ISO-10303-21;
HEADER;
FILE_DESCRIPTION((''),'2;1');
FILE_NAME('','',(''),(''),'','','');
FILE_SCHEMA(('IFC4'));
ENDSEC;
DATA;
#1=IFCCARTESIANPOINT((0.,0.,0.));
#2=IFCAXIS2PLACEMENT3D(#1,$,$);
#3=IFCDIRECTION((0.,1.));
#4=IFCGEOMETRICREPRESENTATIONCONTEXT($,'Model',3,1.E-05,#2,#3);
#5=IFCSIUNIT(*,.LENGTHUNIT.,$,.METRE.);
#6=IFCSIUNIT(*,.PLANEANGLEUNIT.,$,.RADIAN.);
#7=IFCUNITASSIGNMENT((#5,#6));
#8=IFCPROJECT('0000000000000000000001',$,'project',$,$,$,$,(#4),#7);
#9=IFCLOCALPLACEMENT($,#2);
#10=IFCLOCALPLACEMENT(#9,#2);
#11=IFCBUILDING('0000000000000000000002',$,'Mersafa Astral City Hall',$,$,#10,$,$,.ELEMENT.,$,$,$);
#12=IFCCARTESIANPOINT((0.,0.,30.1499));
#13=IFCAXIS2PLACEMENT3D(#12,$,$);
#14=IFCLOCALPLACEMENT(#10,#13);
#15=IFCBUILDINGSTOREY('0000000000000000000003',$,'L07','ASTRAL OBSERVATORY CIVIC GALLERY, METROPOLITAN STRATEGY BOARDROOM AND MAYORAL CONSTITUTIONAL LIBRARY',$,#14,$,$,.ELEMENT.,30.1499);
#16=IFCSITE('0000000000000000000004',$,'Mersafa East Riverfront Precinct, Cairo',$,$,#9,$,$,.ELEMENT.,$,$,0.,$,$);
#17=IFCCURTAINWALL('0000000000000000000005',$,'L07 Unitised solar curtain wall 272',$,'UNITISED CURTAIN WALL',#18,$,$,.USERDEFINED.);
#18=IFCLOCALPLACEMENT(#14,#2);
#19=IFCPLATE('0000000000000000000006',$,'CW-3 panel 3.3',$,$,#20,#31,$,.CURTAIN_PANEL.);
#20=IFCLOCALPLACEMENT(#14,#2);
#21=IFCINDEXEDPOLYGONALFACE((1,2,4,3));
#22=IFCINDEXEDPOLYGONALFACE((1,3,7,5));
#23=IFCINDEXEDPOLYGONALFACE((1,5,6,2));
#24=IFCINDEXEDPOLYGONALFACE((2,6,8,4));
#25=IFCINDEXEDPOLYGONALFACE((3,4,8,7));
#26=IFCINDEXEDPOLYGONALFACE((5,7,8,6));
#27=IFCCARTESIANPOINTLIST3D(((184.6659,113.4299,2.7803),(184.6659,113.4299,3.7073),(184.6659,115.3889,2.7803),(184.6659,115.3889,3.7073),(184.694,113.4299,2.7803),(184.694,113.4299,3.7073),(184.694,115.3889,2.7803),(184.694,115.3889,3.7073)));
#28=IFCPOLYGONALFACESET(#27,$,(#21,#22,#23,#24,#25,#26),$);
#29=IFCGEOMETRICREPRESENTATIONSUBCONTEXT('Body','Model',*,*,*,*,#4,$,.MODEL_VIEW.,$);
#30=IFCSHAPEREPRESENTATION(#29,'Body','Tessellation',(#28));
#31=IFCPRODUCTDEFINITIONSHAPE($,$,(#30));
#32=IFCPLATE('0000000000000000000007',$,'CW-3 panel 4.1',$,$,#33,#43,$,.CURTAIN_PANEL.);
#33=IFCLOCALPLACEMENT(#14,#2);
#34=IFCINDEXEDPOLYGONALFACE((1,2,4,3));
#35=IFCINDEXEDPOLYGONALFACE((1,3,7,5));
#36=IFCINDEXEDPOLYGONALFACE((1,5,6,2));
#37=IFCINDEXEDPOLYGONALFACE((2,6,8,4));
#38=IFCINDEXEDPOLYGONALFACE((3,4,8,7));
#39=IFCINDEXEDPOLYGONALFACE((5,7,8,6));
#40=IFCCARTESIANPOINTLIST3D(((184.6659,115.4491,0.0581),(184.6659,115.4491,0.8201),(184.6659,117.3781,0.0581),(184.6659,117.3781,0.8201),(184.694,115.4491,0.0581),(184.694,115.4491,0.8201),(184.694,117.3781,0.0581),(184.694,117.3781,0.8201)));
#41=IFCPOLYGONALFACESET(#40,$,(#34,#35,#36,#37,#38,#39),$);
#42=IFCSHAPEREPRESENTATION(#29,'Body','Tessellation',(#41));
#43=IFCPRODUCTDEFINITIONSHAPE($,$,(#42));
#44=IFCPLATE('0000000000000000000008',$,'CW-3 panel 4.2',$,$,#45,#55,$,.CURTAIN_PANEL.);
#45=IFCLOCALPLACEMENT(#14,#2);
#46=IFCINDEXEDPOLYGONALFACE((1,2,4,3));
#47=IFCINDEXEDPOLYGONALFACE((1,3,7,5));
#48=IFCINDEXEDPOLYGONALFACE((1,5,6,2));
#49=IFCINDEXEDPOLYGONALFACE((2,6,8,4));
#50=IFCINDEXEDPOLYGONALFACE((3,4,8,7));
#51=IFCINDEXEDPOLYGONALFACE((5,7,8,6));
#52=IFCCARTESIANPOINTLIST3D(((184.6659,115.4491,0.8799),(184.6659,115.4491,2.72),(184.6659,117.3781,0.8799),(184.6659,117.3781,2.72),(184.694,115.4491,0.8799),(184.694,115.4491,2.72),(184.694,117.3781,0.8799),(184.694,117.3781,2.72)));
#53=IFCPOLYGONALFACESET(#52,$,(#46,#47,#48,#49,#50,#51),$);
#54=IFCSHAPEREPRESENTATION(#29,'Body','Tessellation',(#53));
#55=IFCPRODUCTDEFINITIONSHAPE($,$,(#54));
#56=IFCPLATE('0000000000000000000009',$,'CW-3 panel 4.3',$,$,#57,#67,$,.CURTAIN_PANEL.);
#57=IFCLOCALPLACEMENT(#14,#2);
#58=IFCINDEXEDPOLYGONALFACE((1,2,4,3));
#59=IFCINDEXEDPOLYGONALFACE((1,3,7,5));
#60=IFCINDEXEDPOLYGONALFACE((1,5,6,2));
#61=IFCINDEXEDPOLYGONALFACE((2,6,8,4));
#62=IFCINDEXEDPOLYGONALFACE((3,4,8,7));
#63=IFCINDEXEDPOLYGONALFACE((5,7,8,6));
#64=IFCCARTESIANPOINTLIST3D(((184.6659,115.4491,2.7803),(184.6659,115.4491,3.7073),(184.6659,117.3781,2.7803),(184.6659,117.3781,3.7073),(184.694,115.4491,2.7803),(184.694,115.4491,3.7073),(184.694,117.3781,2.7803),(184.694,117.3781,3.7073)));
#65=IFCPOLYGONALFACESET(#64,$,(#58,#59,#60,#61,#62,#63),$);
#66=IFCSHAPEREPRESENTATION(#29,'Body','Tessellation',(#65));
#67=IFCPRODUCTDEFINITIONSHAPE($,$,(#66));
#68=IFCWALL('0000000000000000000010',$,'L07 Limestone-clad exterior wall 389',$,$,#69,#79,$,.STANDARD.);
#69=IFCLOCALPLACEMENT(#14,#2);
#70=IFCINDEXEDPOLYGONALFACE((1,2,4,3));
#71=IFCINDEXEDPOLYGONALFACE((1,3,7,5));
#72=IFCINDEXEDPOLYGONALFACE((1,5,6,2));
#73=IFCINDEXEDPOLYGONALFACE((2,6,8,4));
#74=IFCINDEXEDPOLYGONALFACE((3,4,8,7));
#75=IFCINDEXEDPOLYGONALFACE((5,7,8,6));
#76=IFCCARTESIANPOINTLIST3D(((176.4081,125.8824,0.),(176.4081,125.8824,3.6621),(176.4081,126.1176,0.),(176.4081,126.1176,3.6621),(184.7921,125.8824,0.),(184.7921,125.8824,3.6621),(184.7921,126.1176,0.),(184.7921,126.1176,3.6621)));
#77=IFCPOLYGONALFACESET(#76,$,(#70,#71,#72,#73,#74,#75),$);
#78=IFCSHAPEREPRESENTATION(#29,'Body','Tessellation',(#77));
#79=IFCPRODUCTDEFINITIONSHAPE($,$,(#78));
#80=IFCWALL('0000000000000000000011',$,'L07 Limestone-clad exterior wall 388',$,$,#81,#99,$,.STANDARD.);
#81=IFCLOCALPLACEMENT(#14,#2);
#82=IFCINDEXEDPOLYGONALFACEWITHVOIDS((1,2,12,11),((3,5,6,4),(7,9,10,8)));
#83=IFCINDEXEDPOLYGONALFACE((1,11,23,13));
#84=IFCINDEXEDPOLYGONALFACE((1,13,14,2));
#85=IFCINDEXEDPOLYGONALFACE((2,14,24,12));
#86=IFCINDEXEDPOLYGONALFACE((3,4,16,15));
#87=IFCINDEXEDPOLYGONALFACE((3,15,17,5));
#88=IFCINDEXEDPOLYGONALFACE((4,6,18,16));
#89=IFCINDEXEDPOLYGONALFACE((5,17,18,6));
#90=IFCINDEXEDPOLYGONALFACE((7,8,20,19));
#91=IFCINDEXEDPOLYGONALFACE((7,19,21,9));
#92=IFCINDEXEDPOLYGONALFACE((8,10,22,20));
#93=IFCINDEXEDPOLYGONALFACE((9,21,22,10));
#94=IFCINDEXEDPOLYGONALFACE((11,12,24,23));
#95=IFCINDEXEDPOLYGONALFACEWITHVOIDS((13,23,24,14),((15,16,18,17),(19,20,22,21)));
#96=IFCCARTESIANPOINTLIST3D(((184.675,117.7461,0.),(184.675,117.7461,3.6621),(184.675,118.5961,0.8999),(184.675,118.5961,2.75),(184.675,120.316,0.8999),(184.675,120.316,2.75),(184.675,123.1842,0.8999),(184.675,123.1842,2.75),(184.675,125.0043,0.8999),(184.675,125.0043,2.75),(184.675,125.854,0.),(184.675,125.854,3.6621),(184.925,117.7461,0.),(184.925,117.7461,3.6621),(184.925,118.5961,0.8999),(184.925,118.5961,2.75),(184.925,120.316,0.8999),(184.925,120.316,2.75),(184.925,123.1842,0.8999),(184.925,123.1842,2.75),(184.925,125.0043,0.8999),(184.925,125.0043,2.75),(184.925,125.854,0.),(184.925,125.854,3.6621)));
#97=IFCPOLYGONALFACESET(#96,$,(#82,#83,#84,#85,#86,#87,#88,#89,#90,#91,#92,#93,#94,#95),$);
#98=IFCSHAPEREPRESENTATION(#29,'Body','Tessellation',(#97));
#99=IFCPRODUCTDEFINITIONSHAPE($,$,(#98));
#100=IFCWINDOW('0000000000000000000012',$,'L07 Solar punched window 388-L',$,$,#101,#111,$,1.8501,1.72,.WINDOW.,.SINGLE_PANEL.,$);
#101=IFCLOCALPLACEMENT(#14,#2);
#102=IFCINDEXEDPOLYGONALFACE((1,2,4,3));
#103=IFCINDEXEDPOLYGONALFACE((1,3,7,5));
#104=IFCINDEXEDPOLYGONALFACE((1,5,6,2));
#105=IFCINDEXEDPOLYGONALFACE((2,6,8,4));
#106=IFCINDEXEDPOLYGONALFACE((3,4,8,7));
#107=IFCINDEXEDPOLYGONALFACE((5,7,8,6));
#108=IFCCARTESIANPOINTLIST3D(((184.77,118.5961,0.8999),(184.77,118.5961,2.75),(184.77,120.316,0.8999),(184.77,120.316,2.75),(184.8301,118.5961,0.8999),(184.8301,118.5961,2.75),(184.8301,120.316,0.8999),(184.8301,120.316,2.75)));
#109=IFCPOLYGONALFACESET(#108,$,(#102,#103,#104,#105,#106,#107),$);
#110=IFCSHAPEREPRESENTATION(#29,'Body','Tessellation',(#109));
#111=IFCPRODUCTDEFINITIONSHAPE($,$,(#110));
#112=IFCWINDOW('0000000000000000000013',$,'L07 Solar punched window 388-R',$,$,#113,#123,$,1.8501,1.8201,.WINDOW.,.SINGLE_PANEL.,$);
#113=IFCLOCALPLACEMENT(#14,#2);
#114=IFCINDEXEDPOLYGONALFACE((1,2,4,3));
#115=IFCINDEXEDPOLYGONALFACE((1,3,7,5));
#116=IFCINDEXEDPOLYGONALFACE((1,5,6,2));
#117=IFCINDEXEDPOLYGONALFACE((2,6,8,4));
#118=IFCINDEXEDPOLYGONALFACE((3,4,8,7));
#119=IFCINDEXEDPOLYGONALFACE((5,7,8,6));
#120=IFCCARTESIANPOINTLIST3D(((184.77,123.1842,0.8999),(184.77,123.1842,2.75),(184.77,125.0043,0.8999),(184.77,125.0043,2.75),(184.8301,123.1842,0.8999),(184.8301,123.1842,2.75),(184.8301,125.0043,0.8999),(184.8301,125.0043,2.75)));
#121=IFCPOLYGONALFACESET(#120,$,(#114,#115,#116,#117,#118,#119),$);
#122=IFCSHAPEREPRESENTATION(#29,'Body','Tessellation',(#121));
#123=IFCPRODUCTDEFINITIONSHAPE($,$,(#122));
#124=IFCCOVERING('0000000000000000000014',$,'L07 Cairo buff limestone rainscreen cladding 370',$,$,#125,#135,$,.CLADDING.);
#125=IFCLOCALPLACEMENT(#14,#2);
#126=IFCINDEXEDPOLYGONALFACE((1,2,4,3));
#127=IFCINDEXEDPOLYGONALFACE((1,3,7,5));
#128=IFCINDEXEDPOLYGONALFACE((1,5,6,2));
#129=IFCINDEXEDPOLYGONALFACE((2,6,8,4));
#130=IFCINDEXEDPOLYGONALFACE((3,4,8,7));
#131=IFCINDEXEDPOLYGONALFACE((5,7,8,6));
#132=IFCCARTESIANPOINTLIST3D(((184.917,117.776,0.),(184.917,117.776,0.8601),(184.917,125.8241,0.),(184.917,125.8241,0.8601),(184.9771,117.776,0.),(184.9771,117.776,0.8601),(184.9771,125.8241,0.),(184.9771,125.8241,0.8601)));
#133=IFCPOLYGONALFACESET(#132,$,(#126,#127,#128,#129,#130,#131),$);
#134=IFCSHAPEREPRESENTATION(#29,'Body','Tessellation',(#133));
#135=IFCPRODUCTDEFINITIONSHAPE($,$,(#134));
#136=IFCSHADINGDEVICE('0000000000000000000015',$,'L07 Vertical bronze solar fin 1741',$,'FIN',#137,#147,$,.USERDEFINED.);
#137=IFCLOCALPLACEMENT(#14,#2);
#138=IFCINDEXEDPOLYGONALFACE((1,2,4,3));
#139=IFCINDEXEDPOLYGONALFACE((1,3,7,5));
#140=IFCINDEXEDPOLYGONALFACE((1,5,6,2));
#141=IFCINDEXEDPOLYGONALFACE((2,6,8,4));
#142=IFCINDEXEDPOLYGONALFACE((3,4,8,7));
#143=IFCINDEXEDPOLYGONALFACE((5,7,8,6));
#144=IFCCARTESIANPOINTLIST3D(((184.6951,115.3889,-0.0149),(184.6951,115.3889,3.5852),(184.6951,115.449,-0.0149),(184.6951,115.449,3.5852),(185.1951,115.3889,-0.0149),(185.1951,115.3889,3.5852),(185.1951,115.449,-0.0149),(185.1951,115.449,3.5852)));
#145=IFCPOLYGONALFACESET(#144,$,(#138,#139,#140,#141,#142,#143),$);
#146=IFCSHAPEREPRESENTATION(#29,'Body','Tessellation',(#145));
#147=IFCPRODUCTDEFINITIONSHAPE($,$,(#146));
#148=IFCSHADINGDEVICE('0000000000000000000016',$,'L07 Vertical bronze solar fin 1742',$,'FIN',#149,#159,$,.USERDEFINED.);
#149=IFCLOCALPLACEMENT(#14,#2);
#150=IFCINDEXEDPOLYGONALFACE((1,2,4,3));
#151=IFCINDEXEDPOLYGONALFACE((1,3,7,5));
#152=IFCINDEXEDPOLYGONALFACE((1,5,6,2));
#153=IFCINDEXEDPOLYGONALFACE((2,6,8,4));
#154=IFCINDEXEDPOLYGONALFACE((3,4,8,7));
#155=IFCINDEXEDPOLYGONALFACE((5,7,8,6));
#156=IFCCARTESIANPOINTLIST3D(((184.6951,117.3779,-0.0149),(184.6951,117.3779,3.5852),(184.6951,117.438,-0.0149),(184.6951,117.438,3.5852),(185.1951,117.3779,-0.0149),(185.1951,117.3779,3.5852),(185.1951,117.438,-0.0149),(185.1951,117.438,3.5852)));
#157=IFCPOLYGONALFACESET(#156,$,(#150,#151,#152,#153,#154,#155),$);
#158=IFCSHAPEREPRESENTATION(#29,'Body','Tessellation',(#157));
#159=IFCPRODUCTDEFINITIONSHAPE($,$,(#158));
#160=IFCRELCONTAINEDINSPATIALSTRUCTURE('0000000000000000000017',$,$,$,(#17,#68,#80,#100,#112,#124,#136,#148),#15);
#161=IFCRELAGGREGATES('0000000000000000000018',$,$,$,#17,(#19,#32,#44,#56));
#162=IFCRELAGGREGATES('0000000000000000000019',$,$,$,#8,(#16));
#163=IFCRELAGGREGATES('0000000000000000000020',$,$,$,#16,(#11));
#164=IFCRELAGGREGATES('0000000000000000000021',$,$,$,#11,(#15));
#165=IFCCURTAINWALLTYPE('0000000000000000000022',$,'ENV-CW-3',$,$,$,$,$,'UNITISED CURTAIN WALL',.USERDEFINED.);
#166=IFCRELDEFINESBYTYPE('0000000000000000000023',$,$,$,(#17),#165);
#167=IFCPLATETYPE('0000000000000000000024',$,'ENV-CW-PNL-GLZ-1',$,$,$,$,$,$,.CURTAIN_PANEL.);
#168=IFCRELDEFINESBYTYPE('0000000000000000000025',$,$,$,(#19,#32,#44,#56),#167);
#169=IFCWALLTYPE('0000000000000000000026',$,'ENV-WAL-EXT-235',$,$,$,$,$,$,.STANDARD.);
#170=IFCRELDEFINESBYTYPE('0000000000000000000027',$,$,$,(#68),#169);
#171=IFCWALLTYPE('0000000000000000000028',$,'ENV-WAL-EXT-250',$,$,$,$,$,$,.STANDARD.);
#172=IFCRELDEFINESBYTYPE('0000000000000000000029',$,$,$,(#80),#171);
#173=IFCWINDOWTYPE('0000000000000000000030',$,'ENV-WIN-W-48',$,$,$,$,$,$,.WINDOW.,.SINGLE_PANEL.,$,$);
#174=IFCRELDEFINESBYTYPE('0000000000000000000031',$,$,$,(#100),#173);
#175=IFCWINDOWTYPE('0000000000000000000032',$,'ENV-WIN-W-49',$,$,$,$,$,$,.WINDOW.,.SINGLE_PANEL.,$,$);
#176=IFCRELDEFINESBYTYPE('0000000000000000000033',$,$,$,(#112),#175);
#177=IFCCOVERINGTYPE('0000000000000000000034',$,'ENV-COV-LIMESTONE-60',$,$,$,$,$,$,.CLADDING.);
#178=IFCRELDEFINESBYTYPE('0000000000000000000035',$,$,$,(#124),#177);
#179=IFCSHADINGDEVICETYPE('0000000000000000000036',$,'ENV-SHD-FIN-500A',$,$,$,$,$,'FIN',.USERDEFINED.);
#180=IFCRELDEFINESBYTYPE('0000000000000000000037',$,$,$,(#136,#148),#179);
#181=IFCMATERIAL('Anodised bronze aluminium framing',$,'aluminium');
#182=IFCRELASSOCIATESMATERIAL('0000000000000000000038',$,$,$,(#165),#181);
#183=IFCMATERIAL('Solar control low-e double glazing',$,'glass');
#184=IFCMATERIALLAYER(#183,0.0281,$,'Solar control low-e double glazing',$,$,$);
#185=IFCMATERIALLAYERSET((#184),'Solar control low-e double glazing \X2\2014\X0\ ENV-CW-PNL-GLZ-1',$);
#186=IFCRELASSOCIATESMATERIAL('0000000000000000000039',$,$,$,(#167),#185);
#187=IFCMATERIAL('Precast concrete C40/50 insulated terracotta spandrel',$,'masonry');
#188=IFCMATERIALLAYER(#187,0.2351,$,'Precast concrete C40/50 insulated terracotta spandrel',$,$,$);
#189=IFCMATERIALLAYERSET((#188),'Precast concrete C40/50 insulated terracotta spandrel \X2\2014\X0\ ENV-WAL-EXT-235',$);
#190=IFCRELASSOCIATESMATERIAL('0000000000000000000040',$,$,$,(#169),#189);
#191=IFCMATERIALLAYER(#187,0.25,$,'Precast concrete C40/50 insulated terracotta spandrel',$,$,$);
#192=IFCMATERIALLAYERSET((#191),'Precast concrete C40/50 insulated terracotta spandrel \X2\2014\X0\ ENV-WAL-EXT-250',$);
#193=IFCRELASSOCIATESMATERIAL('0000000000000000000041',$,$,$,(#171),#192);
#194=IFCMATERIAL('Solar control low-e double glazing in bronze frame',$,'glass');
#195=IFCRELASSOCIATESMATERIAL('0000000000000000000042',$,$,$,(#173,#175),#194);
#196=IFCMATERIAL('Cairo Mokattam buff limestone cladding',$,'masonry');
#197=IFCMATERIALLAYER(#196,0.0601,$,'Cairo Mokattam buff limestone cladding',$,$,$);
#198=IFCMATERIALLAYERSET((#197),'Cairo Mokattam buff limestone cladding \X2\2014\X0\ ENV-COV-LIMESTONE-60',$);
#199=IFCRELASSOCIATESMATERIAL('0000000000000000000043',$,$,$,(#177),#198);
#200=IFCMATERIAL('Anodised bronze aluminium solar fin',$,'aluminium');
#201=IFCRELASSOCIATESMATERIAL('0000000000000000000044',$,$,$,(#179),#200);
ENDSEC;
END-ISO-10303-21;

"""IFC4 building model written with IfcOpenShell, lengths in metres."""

from ifc_helpers import new_model, si_unit, direction, frame, frame_2d, origin, origin_2d, place, context, subcontext, project, spatial, rectangle, extrude, material, layer, layer_set, type_object, element, fill, aggregate, save


model = new_model("IFC4")

# Units and contexts
model_context = context("Model", 3, precision=1e-05, world=origin(), true_north=direction((0.0, 1.0)))
body_context = subcontext(model_context, "Body", "Model", "MODEL_VIEW")
ifc_project = project(units=[si_unit("LENGTHUNIT", "METRE"), si_unit("PLANEANGLEUNIT", "RADIAN")], contexts=[model_context])

# Site, building, storey
site_placement = place(None, origin())
site = spatial("IfcSite", under=ifc_project, at=site_placement, Name="Mersafa East Riverfront Precinct, Cairo", CompositionType="ELEMENT", RefElevation=0.0)
building_placement = place(site_placement, origin())
building = spatial("IfcBuilding", under=site, at=building_placement, Name="Mersafa Astral City Hall", CompositionType="ELEMENT")
storey_placement = place(building_placement, frame((0.0, 0.0, 30.1499)))
storey = spatial("IfcBuildingStorey", under=building, at=storey_placement, Name="L07", Description="ASTRAL OBSERVATORY CIVIC GALLERY, METROPOLITAN STRATEGY BOARDROOM AND MAYORAL CONSTITUTIONAL LIBRARY", CompositionType="ELEMENT", Elevation=30.1499)

# Curtain wall
ifc_material_1 = material(Name="Anodised bronze aluminium framing", Category="aluminium")
curtain_wall_type = type_object("IfcCurtainWallType", Name="ENV-CW-3", ElementType="UNITISED CURTAIN WALL", PredefinedType="USERDEFINED", material=ifc_material_1)
curtain_wall_placement = place(storey_placement, origin())
curtain_wall = element("IfcCurtainWall", 1, at=curtain_wall_placement, inside=storey, type_object=curtain_wall_type, Name="L07 Unitised solar curtain wall 272", ObjectType="UNITISED CURTAIN WALL", PredefinedType="USERDEFINED")

# Plates
ifc_material_2 = material(Name="Solar control low-e double glazing", Category="glass")
ifc_layer_1 = layer(ifc_material_2, 0.0281, Name="Solar control low-e double glazing")
ifc_layer_set_1 = layer_set([ifc_layer_1], Name="Solar control low-e double glazing — ENV-CW-PNL-GLZ-1")
plate_type = type_object("IfcPlateType", Name="ENV-CW-PNL-GLZ-1", PredefinedType="CURTAIN_PANEL", material=ifc_layer_set_1)
plate_1_placement = place(storey_placement, frame((184.6799, 114.4094, 2.7803), z_axis=(0.0, 0.0, 1.0), x_axis=(0.0, 1.0, 0.0)))
plate_1 = element("IfcPlate", 2, at=plate_1_placement, type_object=plate_type, Name="CW-3 panel 3.3", PredefinedType="CURTAIN_PANEL", context=body_context, shape_type="SweptSolid", body=[
    extrude(rectangle(XDim=1.959, YDim=0.0281, at=origin_2d()), origin(), (0.0, 0.0, 1.0), 0.927),
])
plate_2_placement = place(storey_placement, frame((184.6799, 116.4136, 0.0581), z_axis=(0.0, 0.0, 1.0), x_axis=(0.0, 1.0, 0.0)))
plate_2 = element("IfcPlate", 3, at=plate_2_placement, type_object=plate_type, Name="CW-3 panel 4.1", PredefinedType="CURTAIN_PANEL", context=body_context, shape_type="SweptSolid", body=[
    extrude(rectangle(XDim=1.929, YDim=0.0281, at=origin_2d()), origin(), (0.0, 0.0, 1.0), 0.762),
])
plate_3_placement = place(storey_placement, frame((184.6799, 116.4136, 0.8799), z_axis=(0.0, 0.0, 1.0), x_axis=(0.0, 1.0, 0.0)))
plate_3 = element("IfcPlate", 4, at=plate_3_placement, type_object=plate_type, Name="CW-3 panel 4.2", PredefinedType="CURTAIN_PANEL", context=body_context, shape_type="SweptSolid", body=[
    extrude(rectangle(XDim=1.929, YDim=0.0281, at=origin_2d()), origin(), (0.0, 0.0, 1.0), 1.8401),
])
plate_4_placement = place(storey_placement, frame((184.6799, 116.4136, 2.7803), z_axis=(0.0, 0.0, 1.0), x_axis=(0.0, 1.0, 0.0)))
plate_4 = element("IfcPlate", 5, at=plate_4_placement, type_object=plate_type, Name="CW-3 panel 4.3", PredefinedType="CURTAIN_PANEL", context=body_context, shape_type="SweptSolid", body=[
    extrude(rectangle(XDim=1.929, YDim=0.0281, at=origin_2d()), origin(), (0.0, 0.0, 1.0), 0.927),
])
aggregate(curtain_wall, [plate_1, plate_2, plate_3, plate_4])

# Wall
ifc_material_3 = material(Name="Precast concrete C40/50 insulated terracotta spandrel", Category="masonry")
ifc_layer_2 = layer(ifc_material_3, 0.2351, Name="Precast concrete C40/50 insulated terracotta spandrel")
ifc_layer_set_2 = layer_set([ifc_layer_2], Name="Precast concrete C40/50 insulated terracotta spandrel — ENV-WAL-EXT-235")
wall_type_1 = type_object("IfcWallType", Name="ENV-WAL-EXT-235", PredefinedType="STANDARD", material=ifc_layer_set_2)
wall_1_placement = place(storey_placement, frame((184.792, 126.0, 0.0), z_axis=(0.0, 0.0, 1.0), x_axis=(-1.0, 0.0, 0.0)))
element("IfcWall", 6, at=wall_1_placement, inside=storey, type_object=wall_type_1, Name="L07 Limestone-clad exterior wall 389", PredefinedType="STANDARD", context=body_context, shape_type="SweptSolid", body=[
    extrude(rectangle(XDim=8.384, YDim=0.2351, at=frame_2d((4.1919, 0.0))), origin(), (0.0, 0.0, 1.0), 3.6621),
])

# Wall, openings, windows
ifc_layer_3 = layer(ifc_material_3, 0.25, Name="Precast concrete C40/50 insulated terracotta spandrel")
ifc_layer_set_3 = layer_set([ifc_layer_3], Name="Precast concrete C40/50 insulated terracotta spandrel — ENV-WAL-EXT-250")
wall_type_2 = type_object("IfcWallType", Name="ENV-WAL-EXT-250", PredefinedType="STANDARD", material=ifc_layer_set_3)
wall_2_placement = place(storey_placement, frame((184.8, 117.7461, 0.0), z_axis=(0.0, 0.0, 1.0), x_axis=(0.0, 1.0, 0.0)))
wall_2 = element("IfcWall", 7, at=wall_2_placement, inside=storey, type_object=wall_type_2, Name="L07 Limestone-clad exterior wall 388", PredefinedType="STANDARD", context=body_context, shape_type="SweptSolid", body=[
    extrude(rectangle(XDim=8.1079, YDim=0.25, at=frame_2d((4.054, 0.0))), origin(), (0.0, 0.0, 1.0), 3.6621),
])
opening_1_placement = place(wall_2_placement, frame((0.8501, 0.0, 0.8999)))
opening_1 = element("IfcOpeningElement", 8, at=opening_1_placement, cuts=wall_2, PredefinedType="OPENING", context=body_context, shape_type="SweptSolid", body=[
    extrude(rectangle(XDim=1.72, YDim=1.8501, at=frame_2d((0.8599, 0.925))), frame((0.0, 0.135, 0.0), z_axis=(0.0, -1.0, 0.0), x_axis=(1.0, 0.0, 0.0)), (0.0, 0.0, 1.0), 0.27),
])
opening_2_placement = place(wall_2_placement, frame((5.438, 0.0, 0.8999)))
opening_2 = element("IfcOpeningElement", 9, at=opening_2_placement, cuts=wall_2, PredefinedType="OPENING", context=body_context, shape_type="SweptSolid", body=[
    extrude(rectangle(XDim=1.8201, YDim=1.8501, at=frame_2d((0.9102, 0.925))), frame((0.0, 0.135, 0.0), z_axis=(0.0, -1.0, 0.0), x_axis=(1.0, 0.0, 0.0)), (0.0, 0.0, 1.0), 0.27),
])
ifc_material_4 = material(Name="Solar control low-e double glazing in bronze frame", Category="glass")
window_type_1 = type_object("IfcWindowType", Name="ENV-WIN-W-48", PartitioningType="SINGLE_PANEL", PredefinedType="WINDOW", material=ifc_material_4)
window_1_placement = place(opening_1_placement, origin())
window_1 = element("IfcWindow", 10, at=window_1_placement, inside=storey, type_object=window_type_1, Name="L07 Solar punched window 388-L", OverallHeight=1.8501, OverallWidth=1.72, PartitioningType="SINGLE_PANEL", PredefinedType="WINDOW", context=body_context, shape_type="SweptSolid", body=[
    extrude(rectangle(XDim=1.72, YDim=1.8501, at=frame_2d((0.8599, 0.925))), frame((0.0, 0.03, 0.0), z_axis=(0.0, -1.0, 0.0), x_axis=(1.0, 0.0, 0.0)), (0.0, 0.0, 1.0), 0.0601),
])
fill(opening_1, window_1)
window_type_2 = type_object("IfcWindowType", Name="ENV-WIN-W-49", PartitioningType="SINGLE_PANEL", PredefinedType="WINDOW", material=ifc_material_4)
window_2_placement = place(opening_2_placement, origin())
window_2 = element("IfcWindow", 11, at=window_2_placement, inside=storey, type_object=window_type_2, Name="L07 Solar punched window 388-R", OverallHeight=1.8501, OverallWidth=1.8201, PartitioningType="SINGLE_PANEL", PredefinedType="WINDOW", context=body_context, shape_type="SweptSolid", body=[
    extrude(rectangle(XDim=1.8201, YDim=1.8501, at=frame_2d((0.9102, 0.925))), frame((0.0, 0.03, 0.0), z_axis=(0.0, -1.0, 0.0), x_axis=(1.0, 0.0, 0.0)), (0.0, 0.0, 1.0), 0.0601),
])
fill(opening_2, window_2)

# Covering
ifc_material_5 = material(Name="Cairo Mokattam buff limestone cladding", Category="masonry")
ifc_layer_4 = layer(ifc_material_5, 0.0601, Name="Cairo Mokattam buff limestone cladding")
ifc_layer_set_4 = layer_set([ifc_layer_4], Name="Cairo Mokattam buff limestone cladding — ENV-COV-LIMESTONE-60")
covering_type = type_object("IfcCoveringType", Name="ENV-COV-LIMESTONE-60", PredefinedType="CLADDING", material=ifc_layer_set_4)
covering_placement = place(storey_placement, frame((184.947, 121.8, 0.0), z_axis=(0.0, 0.0, 1.0), x_axis=(0.0, 1.0, 0.0)))
element("IfcCovering", 12, at=covering_placement, inside=storey, type_object=covering_type, Name="L07 Cairo buff limestone rainscreen cladding 370", PredefinedType="CLADDING", context=body_context, shape_type="SweptSolid", body=[
    extrude(rectangle(XDim=8.0481, YDim=0.0601, at=origin_2d()), origin(), (0.0, 0.0, 1.0), 0.8601),
])

# Shading devices
ifc_material_6 = material(Name="Anodised bronze aluminium solar fin", Category="aluminium")
shading_device_type = type_object("IfcShadingDeviceType", Name="ENV-SHD-FIN-500A", ElementType="FIN", PredefinedType="USERDEFINED", material=ifc_material_6)
for number, where, z_axis, x_axis, name in (
    (13, (184.9451, 115.4189, -0.0149), (0.0, 0.0, 1.0), (0.0, 1.0, 0.0), "L07 Vertical bronze solar fin 1741"),
    (14, (184.9451, 117.408, -0.0149), (0.0, 0.0, 1.0), (0.0, 1.0, 0.0), "L07 Vertical bronze solar fin 1742"),
):
    element("IfcShadingDevice", number, at=place(storey_placement, frame(where, z_axis=z_axis, x_axis=x_axis)), inside=storey, type_object=shading_device_type, Name=name, ObjectType="FIN", PredefinedType="USERDEFINED", context=body_context, shape_type="SweptSolid", body=[
        extrude(rectangle(XDim=0.0601, YDim=0.5, at=origin_2d()), origin(), (0.0, 0.0, 1.0), 3.6001),
    ])

save(model, "model.ifc")
